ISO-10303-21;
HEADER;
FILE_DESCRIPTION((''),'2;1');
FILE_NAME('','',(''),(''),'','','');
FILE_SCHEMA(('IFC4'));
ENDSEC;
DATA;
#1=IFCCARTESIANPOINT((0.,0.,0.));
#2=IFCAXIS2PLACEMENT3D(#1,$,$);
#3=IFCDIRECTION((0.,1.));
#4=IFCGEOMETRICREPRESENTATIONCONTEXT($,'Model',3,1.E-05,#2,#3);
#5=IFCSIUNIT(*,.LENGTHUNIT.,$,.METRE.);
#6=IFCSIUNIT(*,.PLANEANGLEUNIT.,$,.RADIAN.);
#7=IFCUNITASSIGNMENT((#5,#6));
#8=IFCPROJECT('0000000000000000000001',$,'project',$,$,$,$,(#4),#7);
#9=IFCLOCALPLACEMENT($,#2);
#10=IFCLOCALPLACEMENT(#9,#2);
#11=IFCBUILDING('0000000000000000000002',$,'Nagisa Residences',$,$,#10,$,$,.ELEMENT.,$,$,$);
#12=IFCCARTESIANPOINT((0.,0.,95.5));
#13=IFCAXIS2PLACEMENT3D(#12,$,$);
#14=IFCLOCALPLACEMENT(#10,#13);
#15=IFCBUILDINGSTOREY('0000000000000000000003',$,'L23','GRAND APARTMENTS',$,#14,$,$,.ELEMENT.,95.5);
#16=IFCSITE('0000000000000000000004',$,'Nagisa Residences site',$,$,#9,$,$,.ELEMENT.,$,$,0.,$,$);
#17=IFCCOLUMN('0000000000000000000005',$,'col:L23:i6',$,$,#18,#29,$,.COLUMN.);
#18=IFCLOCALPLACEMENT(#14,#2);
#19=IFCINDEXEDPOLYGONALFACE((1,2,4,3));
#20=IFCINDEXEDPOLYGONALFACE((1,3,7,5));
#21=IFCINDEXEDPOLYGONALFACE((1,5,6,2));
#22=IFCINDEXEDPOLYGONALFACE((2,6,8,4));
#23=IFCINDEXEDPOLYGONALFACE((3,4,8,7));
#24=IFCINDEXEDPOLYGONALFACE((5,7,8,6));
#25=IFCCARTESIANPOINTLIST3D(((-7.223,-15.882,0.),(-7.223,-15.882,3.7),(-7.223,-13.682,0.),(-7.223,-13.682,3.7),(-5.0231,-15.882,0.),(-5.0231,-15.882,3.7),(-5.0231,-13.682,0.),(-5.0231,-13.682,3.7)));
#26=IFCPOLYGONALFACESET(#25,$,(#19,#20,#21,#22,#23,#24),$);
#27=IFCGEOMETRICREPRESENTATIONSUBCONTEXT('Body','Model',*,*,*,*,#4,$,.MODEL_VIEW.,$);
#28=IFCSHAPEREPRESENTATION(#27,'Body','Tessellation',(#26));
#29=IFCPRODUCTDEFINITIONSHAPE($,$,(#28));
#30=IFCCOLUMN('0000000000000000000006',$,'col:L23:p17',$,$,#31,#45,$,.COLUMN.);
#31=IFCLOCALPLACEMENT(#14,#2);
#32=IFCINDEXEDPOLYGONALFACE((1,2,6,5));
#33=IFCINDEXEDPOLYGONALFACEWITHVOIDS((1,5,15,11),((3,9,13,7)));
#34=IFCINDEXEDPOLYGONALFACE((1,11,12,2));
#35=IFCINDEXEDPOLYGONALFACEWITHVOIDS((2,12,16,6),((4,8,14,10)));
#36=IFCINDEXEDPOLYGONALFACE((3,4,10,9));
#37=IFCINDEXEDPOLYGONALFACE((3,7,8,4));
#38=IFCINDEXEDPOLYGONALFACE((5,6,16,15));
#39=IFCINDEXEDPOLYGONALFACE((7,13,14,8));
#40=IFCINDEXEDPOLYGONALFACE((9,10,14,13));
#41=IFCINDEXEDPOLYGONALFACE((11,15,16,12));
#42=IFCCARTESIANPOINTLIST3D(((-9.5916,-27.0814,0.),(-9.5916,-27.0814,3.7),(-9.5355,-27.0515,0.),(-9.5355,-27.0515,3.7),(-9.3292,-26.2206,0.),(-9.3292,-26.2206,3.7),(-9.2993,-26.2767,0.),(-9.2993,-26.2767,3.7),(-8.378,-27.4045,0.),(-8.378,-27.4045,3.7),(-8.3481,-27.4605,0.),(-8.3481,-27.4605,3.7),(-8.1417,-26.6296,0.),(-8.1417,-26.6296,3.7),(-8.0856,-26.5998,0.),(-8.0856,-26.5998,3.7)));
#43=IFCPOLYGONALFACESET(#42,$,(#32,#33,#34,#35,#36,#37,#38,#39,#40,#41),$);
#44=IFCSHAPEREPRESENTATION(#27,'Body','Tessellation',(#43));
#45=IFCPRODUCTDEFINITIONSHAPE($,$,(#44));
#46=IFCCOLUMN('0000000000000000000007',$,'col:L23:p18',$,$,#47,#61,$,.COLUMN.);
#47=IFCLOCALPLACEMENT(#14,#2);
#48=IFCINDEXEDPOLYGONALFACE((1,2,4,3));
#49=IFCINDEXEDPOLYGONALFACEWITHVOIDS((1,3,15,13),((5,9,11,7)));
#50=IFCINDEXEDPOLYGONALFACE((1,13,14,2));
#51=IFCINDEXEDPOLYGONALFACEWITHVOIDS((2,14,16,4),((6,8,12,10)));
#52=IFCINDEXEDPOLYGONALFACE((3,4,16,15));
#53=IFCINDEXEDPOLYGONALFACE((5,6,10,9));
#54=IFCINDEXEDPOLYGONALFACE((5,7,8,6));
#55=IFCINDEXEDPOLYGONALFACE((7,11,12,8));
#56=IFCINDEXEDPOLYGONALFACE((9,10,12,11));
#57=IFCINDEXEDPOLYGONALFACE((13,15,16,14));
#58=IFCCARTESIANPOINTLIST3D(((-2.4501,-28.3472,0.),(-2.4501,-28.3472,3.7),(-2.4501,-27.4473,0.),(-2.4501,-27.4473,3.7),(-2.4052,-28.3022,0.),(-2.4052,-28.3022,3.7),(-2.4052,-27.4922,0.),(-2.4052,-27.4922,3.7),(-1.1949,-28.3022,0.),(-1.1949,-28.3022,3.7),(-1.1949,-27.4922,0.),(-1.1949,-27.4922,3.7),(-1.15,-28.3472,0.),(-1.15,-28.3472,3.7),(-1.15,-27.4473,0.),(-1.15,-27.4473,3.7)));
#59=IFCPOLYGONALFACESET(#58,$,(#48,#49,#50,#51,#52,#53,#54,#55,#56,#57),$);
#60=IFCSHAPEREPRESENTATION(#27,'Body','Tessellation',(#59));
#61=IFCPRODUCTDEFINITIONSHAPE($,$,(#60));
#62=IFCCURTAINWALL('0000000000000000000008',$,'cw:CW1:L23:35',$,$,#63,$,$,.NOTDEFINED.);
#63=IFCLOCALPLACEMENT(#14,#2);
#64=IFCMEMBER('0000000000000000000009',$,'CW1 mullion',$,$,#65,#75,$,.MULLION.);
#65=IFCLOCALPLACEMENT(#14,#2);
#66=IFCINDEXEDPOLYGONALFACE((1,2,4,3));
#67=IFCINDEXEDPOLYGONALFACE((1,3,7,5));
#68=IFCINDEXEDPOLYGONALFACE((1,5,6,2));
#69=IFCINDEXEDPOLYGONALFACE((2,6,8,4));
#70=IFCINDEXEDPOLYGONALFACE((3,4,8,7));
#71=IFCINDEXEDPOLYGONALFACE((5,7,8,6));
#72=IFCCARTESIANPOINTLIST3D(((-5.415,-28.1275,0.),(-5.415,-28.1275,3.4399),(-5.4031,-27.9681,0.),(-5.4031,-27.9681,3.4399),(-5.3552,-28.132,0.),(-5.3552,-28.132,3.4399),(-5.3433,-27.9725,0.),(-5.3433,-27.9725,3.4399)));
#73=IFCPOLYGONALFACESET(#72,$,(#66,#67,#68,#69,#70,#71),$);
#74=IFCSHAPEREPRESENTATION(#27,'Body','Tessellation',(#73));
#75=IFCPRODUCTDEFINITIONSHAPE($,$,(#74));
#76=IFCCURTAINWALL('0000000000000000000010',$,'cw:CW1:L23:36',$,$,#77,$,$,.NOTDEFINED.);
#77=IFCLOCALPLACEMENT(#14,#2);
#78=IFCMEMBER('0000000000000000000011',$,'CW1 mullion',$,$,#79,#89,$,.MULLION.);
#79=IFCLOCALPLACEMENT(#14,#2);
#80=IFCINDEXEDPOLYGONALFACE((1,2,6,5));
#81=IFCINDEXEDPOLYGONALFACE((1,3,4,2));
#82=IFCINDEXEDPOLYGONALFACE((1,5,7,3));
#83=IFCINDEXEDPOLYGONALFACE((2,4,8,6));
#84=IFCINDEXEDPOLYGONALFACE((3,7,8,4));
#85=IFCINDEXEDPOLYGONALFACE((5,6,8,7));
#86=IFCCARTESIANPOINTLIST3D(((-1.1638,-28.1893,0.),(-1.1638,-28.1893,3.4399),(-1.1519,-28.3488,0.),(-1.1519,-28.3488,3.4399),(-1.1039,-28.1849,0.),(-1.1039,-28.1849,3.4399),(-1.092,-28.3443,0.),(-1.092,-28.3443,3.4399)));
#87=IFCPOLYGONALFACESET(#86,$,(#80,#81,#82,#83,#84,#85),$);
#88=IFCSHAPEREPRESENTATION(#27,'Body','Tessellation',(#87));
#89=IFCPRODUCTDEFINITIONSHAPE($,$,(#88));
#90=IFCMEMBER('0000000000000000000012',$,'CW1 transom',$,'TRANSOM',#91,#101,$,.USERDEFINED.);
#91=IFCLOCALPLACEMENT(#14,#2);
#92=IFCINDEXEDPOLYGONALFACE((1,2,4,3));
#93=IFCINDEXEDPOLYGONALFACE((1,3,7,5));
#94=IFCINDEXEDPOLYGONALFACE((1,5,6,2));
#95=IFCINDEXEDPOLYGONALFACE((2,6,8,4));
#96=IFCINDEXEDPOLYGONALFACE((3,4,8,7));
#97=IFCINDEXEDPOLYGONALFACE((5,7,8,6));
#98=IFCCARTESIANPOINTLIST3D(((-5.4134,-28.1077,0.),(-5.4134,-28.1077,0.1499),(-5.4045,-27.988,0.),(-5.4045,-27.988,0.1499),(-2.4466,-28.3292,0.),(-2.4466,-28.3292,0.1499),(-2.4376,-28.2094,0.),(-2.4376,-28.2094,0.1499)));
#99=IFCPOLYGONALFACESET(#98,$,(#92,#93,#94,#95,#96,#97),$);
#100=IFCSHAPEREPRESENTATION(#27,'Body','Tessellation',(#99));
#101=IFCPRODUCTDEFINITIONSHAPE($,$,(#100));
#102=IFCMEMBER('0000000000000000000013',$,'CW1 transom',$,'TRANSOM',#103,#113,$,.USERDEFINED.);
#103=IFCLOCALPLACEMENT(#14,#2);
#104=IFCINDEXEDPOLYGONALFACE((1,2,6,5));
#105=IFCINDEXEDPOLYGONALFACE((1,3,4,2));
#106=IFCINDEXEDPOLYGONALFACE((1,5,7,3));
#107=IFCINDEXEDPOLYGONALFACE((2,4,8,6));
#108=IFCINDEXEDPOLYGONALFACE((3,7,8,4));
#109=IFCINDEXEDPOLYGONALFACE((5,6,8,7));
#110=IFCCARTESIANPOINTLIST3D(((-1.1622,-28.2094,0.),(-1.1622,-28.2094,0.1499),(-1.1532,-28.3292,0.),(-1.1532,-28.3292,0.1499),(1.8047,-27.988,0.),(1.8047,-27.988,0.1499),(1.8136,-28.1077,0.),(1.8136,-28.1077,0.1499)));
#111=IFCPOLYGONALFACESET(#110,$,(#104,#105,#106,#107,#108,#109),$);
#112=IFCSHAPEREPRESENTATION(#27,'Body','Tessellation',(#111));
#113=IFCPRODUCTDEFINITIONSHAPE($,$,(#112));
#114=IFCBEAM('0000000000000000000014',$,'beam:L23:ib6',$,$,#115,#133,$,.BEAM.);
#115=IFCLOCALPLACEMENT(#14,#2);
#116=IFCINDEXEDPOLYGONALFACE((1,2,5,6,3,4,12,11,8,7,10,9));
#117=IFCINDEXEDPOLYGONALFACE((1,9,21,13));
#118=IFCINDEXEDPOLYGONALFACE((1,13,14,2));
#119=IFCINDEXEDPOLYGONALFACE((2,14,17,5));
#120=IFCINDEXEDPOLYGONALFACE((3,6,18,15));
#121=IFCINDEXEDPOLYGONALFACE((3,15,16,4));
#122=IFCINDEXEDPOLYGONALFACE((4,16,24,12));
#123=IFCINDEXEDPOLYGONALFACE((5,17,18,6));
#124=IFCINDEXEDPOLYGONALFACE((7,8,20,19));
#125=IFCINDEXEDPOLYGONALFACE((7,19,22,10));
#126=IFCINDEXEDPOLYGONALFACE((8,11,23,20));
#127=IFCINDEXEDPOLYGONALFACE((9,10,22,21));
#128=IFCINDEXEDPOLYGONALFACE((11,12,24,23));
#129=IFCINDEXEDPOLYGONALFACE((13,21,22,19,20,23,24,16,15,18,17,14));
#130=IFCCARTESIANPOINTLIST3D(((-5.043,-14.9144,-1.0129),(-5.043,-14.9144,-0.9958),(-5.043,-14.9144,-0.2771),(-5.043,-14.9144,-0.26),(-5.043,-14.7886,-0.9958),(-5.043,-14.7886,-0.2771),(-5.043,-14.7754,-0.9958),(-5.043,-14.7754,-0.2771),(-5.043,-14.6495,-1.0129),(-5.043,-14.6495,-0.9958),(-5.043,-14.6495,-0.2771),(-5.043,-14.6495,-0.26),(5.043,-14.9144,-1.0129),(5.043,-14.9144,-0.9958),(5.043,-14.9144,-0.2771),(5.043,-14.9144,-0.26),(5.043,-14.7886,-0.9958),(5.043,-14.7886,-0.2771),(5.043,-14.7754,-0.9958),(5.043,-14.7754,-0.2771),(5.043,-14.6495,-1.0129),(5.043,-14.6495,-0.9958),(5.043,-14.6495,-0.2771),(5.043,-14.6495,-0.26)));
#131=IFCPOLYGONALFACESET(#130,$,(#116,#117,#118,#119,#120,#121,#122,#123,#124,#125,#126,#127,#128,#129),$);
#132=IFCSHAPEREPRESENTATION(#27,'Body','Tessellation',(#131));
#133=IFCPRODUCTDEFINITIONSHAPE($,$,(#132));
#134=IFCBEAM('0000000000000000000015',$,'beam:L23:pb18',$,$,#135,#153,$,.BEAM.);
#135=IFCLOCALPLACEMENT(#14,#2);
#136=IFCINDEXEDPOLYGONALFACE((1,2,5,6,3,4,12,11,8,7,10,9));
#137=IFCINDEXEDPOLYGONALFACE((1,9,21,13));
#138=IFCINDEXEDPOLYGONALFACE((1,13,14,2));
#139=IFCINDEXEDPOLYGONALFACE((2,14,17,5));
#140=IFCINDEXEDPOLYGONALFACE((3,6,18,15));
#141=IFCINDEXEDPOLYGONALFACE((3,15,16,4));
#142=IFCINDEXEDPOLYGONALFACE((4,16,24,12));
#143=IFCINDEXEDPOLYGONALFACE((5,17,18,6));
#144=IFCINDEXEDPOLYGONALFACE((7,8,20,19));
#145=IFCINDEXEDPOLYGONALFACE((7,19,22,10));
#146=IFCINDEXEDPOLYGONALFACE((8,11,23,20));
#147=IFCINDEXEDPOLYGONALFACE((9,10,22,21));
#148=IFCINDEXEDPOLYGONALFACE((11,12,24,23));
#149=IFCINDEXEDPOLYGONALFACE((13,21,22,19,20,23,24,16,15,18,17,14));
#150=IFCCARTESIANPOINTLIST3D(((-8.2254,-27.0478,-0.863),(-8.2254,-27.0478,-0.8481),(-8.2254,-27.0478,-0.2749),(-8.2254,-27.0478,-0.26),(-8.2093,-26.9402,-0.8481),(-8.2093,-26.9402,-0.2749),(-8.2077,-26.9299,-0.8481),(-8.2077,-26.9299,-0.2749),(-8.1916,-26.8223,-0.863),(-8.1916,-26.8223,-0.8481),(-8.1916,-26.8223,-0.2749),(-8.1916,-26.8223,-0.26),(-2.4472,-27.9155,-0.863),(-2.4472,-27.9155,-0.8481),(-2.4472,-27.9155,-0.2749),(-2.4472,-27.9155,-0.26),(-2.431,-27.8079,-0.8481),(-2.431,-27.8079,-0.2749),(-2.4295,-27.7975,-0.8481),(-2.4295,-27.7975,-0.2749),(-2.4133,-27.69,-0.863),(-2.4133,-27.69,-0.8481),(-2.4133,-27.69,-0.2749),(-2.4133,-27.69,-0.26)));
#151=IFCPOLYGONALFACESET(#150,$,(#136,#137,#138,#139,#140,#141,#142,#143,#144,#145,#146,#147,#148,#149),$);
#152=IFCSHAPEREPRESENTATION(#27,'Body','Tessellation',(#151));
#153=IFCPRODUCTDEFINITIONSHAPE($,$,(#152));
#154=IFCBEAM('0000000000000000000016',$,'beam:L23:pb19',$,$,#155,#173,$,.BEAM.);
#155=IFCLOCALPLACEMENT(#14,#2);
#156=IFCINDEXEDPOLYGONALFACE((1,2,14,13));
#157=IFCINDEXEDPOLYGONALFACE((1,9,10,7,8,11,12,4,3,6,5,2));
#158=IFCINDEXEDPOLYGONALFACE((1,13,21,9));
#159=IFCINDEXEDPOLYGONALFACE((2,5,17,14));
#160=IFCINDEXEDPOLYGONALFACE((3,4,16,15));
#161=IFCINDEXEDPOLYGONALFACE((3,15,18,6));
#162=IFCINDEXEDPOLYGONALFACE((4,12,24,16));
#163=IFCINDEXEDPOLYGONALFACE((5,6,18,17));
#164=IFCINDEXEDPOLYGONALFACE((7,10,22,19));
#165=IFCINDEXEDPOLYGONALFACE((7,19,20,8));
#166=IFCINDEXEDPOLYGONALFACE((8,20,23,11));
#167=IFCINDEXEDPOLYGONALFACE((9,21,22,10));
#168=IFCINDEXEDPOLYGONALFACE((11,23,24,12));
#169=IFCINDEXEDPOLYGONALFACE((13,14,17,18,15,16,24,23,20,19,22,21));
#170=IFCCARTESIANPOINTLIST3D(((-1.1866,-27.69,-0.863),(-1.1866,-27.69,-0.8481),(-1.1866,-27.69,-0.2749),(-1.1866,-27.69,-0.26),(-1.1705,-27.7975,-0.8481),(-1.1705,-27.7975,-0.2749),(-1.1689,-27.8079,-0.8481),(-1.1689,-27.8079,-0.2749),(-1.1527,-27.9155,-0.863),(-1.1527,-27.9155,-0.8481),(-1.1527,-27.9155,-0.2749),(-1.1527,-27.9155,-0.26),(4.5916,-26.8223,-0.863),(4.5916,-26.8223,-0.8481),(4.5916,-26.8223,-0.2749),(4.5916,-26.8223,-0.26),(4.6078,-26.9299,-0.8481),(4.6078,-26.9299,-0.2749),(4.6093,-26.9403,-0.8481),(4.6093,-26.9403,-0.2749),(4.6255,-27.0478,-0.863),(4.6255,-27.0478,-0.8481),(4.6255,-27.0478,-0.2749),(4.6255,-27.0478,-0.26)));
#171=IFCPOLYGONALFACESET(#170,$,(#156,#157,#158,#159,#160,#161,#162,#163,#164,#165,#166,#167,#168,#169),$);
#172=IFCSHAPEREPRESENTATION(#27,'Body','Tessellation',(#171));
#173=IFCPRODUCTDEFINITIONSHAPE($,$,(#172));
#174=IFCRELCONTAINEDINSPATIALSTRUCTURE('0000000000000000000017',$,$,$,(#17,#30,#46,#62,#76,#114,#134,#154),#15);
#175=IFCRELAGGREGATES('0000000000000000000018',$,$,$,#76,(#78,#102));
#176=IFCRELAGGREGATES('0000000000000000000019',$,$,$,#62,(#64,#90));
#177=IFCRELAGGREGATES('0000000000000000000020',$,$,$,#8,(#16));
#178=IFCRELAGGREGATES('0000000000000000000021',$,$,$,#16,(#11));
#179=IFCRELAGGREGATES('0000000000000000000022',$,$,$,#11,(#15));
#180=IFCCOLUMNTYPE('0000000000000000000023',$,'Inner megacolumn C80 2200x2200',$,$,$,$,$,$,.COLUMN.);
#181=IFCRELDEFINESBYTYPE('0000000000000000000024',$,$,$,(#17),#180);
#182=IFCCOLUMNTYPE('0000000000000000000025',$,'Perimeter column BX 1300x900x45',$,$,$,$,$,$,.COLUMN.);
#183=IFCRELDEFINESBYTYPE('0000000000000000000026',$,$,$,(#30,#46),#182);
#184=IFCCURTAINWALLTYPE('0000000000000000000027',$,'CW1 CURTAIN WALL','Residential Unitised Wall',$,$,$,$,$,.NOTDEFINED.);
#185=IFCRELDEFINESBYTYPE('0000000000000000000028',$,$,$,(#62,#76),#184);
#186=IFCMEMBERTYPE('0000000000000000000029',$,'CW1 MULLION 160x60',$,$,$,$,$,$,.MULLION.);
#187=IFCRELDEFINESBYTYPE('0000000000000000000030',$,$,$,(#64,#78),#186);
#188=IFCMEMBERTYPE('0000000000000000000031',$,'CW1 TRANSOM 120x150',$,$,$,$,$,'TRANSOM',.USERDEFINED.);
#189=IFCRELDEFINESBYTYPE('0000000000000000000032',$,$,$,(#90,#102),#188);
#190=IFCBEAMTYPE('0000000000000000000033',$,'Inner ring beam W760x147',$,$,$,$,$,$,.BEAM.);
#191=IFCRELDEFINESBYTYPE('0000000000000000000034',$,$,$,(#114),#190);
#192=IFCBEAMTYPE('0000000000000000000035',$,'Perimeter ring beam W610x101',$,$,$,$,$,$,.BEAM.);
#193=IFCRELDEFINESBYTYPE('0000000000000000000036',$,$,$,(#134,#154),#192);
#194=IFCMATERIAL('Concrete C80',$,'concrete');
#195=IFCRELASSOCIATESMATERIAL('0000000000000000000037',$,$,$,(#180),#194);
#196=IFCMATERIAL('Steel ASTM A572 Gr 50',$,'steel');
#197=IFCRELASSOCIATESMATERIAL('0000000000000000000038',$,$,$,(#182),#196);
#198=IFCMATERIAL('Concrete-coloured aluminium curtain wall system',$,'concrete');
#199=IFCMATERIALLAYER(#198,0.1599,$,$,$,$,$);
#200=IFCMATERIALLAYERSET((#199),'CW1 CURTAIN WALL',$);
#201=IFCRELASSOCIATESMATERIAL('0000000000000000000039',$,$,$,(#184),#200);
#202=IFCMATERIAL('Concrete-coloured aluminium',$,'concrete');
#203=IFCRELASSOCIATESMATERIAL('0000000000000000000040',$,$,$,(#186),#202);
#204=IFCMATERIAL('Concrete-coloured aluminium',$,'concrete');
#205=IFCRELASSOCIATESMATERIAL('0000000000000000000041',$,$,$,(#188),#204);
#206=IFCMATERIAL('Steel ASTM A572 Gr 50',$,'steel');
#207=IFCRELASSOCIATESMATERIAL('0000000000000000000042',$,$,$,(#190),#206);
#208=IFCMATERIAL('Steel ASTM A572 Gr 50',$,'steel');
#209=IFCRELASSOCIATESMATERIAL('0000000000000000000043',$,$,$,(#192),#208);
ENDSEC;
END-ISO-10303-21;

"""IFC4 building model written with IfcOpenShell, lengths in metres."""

from ifc_helpers import new_model, si_unit, direction, frame, origin, origin_2d, place, context, subcontext, project, spatial, rectangle, hollow_rectangle, i_section, extrude, material, layer, layer_set, material_profile, profile_set, type_object, element, aggregate, save


model = new_model("IFC4")

# Units and contexts
model_context = context("Model", 3, precision=1e-05, world=origin(), true_north=direction((0.0, 1.0)))
body_context = subcontext(model_context, "Body", "Model", "MODEL_VIEW")
ifc_project = project(units=[si_unit("LENGTHUNIT", "METRE"), si_unit("PLANEANGLEUNIT", "RADIAN")], contexts=[model_context])

# Site, building, storey
site_placement = place(None, origin())
site = spatial("IfcSite", under=ifc_project, at=site_placement, Name="Nagisa Residences site", CompositionType="ELEMENT", RefElevation=0.0)
building_placement = place(site_placement, origin())
building = spatial("IfcBuilding", under=site, at=building_placement, Name="Nagisa Residences", CompositionType="ELEMENT")
storey_placement = place(building_placement, frame((0.0, 0.0, 95.5)))
storey = spatial("IfcBuildingStorey", under=building, at=storey_placement, Name="L23", Description="GRAND APARTMENTS", CompositionType="ELEMENT", Elevation=95.5)

# Columns
ifc_material_1 = material(Name="Concrete C80", Category="concrete")
ifc_material_profile_1 = material_profile(ifc_material_1, rectangle(XDim=2.2, YDim=2.2, at=origin_2d()), Name="C80 2200x2200")
ifc_profile_set_1 = profile_set([ifc_material_profile_1], Name="Concrete C80")
column_type_1 = type_object("IfcColumnType", Name="Inner megacolumn C80 2200x2200", PredefinedType="COLUMN", material=ifc_profile_set_1)
column_placement = place(storey_placement, frame((-6.123, -14.782, 0.0), z_axis=(0.0, 0.0, 1.0), x_axis=(1.0, 0.0, 0.0)))
element("IfcColumn", 1, at=column_placement, inside=storey, type_object=column_type_1, Name="col:L23:i6", PredefinedType="COLUMN", context=body_context, shape_type="SweptSolid", body=[
    extrude(rectangle(XDim=2.2, YDim=2.2, at=origin_2d()), origin(), (0.0, 0.0, 1.0), 3.7),
])
ifc_material_2 = material(Name="Steel ASTM A572 Gr 50", Category="steel")
ifc_material_profile_2 = material_profile(ifc_material_2, hollow_rectangle(XDim=1.3, YDim=0.8999, WallThickness=0.0449, at=origin_2d()), Name="BX 1300x900x45")
ifc_profile_set_2 = profile_set([ifc_material_profile_2], Name="Steel ASTM A572 Gr 50")
column_type_2 = type_object("IfcColumnType", Name="Perimeter column BX 1300x900x45", PredefinedType="COLUMN", material=ifc_profile_set_2)
for number, where, z_axis, x_axis, name in (
    (2, (-8.8386, -26.8406, 0.0), (0.0, 0.0, 1.0), (0.956525, -0.291652, 0.0), "col:L23:p17"),
    (3, (-1.8, -27.8972, 0.0), (0.0, 0.0, 1.0), (1.0, 0.0, 0.0), "col:L23:p18"),
):
    element("IfcColumn", number, at=place(storey_placement, frame(where, z_axis=z_axis, x_axis=x_axis)), inside=storey, type_object=column_type_2, Name=name, PredefinedType="COLUMN", context=body_context, shape_type="SweptSolid", body=[
        extrude(hollow_rectangle(XDim=1.3, YDim=0.8999, WallThickness=0.0449, at=origin_2d()), origin(), (0.0, 0.0, 1.0), 3.7),
    ])

# Curtain walls, members
ifc_material_3 = material(Name="Concrete-coloured aluminium curtain wall system", Category="concrete")
ifc_layer_1 = layer(ifc_material_3, 0.1599)
ifc_layer_set_1 = layer_set([ifc_layer_1], Name="CW1 CURTAIN WALL")
curtain_wall_type = type_object("IfcCurtainWallType", Name="CW1 CURTAIN WALL", Description="Residential Unitised Wall", PredefinedType="NOTDEFINED", material=ifc_layer_set_1)
curtain_wall_1_placement = place(storey_placement, origin())
curtain_wall_1 = element("IfcCurtainWall", 4, at=curtain_wall_1_placement, inside=storey, type_object=curtain_wall_type, Name="cw:CW1:L23:35", PredefinedType="NOTDEFINED")
ifc_material_4 = material(Name="Concrete-coloured aluminium", Category="concrete")
ifc_material_profile_3 = material_profile(ifc_material_4, rectangle(XDim=0.1599, YDim=0.0601, at=origin_2d()), Name="CW1 MULLION 160x60")
ifc_profile_set_3 = profile_set([ifc_material_profile_3], Name="Concrete-coloured aluminium")
member_type_1 = type_object("IfcMemberType", Name="CW1 MULLION 160x60", PredefinedType="MULLION", material=ifc_profile_set_3)
member_1_placement = place(storey_placement, frame((-5.3792, -28.05, 0.0), z_axis=(0.0, 0.0, 1.0), x_axis=(0.074377, 0.99723, 0.0)))
member_1 = element("IfcMember", 5, at=member_1_placement, type_object=member_type_1, Name="CW1 mullion", PredefinedType="MULLION", context=body_context, shape_type="SweptSolid", body=[
    extrude(rectangle(XDim=0.1599, YDim=0.0601, at=origin_2d()), origin(), (0.0, 0.0, 1.0), 3.4399),
])
curtain_wall_2_placement = place(storey_placement, origin())
curtain_wall_2 = element("IfcCurtainWall", 6, at=curtain_wall_2_placement, inside=storey, type_object=curtain_wall_type, Name="cw:CW1:L23:36", PredefinedType="NOTDEFINED")
member_2_placement = place(storey_placement, frame((-1.1279, -28.2668, 0.0), z_axis=(0.0, 0.0, 1.0), x_axis=(-0.074377, 0.99723, 0.0)))
member_2 = element("IfcMember", 7, at=member_2_placement, type_object=member_type_1, Name="CW1 mullion", PredefinedType="MULLION", context=body_context, shape_type="SweptSolid", body=[
    extrude(rectangle(XDim=0.1599, YDim=0.0601, at=origin_2d()), origin(), (0.0, 0.0, 1.0), 3.4399),
])

# Members
ifc_material_5 = material(Name="Concrete-coloured aluminium", Category="concrete")
ifc_material_profile_4 = material_profile(ifc_material_5, rectangle(XDim=0.1201, YDim=0.1499, at=origin_2d()), Name="CW1 TRANSOM 120x150")
ifc_profile_set_4 = profile_set([ifc_material_profile_4], Name="Concrete-coloured aluminium")
member_type_2 = type_object("IfcMemberType", Name="CW1 TRANSOM 120x150", ElementType="TRANSOM", PredefinedType="USERDEFINED", material=ifc_profile_set_4)
member_3_placement = place(storey_placement, frame((-5.4089, -28.0479, 0.075), z_axis=(0.997226, -0.074431, 0.0), x_axis=(0.074431, 0.997226, 0.0)))
member_3 = element("IfcMember", 8, at=member_3_placement, type_object=member_type_2, Name="CW1 transom", ObjectType="TRANSOM", PredefinedType="USERDEFINED", context=body_context, shape_type="SweptSolid", body=[
    extrude(rectangle(XDim=0.1201, YDim=0.1499, at=origin_2d()), origin(), (0.0, 0.0, 1.0), 2.9751),
])
member_4_placement = place(storey_placement, frame((-1.1577, -28.2693, 0.075), z_axis=(0.997226, 0.074431, 0.0), x_axis=(-0.074431, 0.997226, 0.0)))
member_4 = element("IfcMember", 9, at=member_4_placement, type_object=member_type_2, Name="CW1 transom", ObjectType="TRANSOM", PredefinedType="USERDEFINED", context=body_context, shape_type="SweptSolid", body=[
    extrude(rectangle(XDim=0.1201, YDim=0.1499, at=origin_2d()), origin(), (0.0, 0.0, 1.0), 2.9751),
])
aggregate(curtain_wall_2, [member_2, member_4])

# Beams
ifc_material_6 = material(Name="Steel ASTM A572 Gr 50", Category="steel")
ifc_material_profile_5 = material_profile(ifc_material_6, i_section(OverallWidth=0.2649, OverallDepth=0.7529, WebThickness=0.0132, FlangeThickness=0.0171, at=origin_2d()), Name="W760x147")
ifc_profile_set_5 = profile_set([ifc_material_profile_5], Name="Steel ASTM A572 Gr 50")
beam_type_1 = type_object("IfcBeamType", Name="Inner ring beam W760x147", PredefinedType="BEAM", material=ifc_profile_set_5)
beam_1_placement = place(storey_placement, frame((-5.043, -14.782, -0.6365), z_axis=(1.0, 0.0, 0.0), x_axis=(0.0, 1.0, 0.0)))
element("IfcBeam", 10, at=beam_1_placement, inside=storey, type_object=beam_type_1, Name="beam:L23:ib6", PredefinedType="BEAM", context=body_context, shape_type="SweptSolid", body=[
    extrude(i_section(OverallWidth=0.2649, OverallDepth=0.7529, WebThickness=0.0132, FlangeThickness=0.0171, at=origin_2d()), origin(), (0.0, 0.0, 1.0), 10.0859),
])
ifc_material_7 = material(Name="Steel ASTM A572 Gr 50", Category="steel")
ifc_material_profile_6 = material_profile(ifc_material_7, i_section(OverallWidth=0.228, OverallDepth=0.603, WebThickness=0.0105, FlangeThickness=0.0149, at=origin_2d()), Name="W610x101")
ifc_profile_set_6 = profile_set([ifc_material_profile_6], Name="Steel ASTM A572 Gr 50")
beam_type_2 = type_object("IfcBeamType", Name="Perimeter ring beam W610x101", PredefinedType="BEAM", material=ifc_profile_set_6)
for number, where, z_axis, x_axis, name in (
    (11, (-8.2085, -26.9351, -0.5615), (0.988913, -0.148496, 0.0), (0.148496, 0.988913, 0.0), "beam:L23:pb18"),
    (12, (-1.1697, -27.8027, -0.5615), (0.988913, 0.148496, 0.0), (-0.148496, 0.988913, 0.0), "beam:L23:pb19"),
):
    element("IfcBeam", number, at=place(storey_placement, frame(where, z_axis=z_axis, x_axis=x_axis)), inside=storey, type_object=beam_type_2, Name=name, PredefinedType="BEAM", context=body_context, shape_type="SweptSolid", body=[
        extrude(i_section(OverallWidth=0.228, OverallDepth=0.603, WebThickness=0.0105, FlangeThickness=0.0149, at=origin_2d()), origin(), (0.0, 0.0, 1.0), 5.843),
    ])

aggregate(curtain_wall_1, [member_1, member_3])

save(model, "model.ifc")
